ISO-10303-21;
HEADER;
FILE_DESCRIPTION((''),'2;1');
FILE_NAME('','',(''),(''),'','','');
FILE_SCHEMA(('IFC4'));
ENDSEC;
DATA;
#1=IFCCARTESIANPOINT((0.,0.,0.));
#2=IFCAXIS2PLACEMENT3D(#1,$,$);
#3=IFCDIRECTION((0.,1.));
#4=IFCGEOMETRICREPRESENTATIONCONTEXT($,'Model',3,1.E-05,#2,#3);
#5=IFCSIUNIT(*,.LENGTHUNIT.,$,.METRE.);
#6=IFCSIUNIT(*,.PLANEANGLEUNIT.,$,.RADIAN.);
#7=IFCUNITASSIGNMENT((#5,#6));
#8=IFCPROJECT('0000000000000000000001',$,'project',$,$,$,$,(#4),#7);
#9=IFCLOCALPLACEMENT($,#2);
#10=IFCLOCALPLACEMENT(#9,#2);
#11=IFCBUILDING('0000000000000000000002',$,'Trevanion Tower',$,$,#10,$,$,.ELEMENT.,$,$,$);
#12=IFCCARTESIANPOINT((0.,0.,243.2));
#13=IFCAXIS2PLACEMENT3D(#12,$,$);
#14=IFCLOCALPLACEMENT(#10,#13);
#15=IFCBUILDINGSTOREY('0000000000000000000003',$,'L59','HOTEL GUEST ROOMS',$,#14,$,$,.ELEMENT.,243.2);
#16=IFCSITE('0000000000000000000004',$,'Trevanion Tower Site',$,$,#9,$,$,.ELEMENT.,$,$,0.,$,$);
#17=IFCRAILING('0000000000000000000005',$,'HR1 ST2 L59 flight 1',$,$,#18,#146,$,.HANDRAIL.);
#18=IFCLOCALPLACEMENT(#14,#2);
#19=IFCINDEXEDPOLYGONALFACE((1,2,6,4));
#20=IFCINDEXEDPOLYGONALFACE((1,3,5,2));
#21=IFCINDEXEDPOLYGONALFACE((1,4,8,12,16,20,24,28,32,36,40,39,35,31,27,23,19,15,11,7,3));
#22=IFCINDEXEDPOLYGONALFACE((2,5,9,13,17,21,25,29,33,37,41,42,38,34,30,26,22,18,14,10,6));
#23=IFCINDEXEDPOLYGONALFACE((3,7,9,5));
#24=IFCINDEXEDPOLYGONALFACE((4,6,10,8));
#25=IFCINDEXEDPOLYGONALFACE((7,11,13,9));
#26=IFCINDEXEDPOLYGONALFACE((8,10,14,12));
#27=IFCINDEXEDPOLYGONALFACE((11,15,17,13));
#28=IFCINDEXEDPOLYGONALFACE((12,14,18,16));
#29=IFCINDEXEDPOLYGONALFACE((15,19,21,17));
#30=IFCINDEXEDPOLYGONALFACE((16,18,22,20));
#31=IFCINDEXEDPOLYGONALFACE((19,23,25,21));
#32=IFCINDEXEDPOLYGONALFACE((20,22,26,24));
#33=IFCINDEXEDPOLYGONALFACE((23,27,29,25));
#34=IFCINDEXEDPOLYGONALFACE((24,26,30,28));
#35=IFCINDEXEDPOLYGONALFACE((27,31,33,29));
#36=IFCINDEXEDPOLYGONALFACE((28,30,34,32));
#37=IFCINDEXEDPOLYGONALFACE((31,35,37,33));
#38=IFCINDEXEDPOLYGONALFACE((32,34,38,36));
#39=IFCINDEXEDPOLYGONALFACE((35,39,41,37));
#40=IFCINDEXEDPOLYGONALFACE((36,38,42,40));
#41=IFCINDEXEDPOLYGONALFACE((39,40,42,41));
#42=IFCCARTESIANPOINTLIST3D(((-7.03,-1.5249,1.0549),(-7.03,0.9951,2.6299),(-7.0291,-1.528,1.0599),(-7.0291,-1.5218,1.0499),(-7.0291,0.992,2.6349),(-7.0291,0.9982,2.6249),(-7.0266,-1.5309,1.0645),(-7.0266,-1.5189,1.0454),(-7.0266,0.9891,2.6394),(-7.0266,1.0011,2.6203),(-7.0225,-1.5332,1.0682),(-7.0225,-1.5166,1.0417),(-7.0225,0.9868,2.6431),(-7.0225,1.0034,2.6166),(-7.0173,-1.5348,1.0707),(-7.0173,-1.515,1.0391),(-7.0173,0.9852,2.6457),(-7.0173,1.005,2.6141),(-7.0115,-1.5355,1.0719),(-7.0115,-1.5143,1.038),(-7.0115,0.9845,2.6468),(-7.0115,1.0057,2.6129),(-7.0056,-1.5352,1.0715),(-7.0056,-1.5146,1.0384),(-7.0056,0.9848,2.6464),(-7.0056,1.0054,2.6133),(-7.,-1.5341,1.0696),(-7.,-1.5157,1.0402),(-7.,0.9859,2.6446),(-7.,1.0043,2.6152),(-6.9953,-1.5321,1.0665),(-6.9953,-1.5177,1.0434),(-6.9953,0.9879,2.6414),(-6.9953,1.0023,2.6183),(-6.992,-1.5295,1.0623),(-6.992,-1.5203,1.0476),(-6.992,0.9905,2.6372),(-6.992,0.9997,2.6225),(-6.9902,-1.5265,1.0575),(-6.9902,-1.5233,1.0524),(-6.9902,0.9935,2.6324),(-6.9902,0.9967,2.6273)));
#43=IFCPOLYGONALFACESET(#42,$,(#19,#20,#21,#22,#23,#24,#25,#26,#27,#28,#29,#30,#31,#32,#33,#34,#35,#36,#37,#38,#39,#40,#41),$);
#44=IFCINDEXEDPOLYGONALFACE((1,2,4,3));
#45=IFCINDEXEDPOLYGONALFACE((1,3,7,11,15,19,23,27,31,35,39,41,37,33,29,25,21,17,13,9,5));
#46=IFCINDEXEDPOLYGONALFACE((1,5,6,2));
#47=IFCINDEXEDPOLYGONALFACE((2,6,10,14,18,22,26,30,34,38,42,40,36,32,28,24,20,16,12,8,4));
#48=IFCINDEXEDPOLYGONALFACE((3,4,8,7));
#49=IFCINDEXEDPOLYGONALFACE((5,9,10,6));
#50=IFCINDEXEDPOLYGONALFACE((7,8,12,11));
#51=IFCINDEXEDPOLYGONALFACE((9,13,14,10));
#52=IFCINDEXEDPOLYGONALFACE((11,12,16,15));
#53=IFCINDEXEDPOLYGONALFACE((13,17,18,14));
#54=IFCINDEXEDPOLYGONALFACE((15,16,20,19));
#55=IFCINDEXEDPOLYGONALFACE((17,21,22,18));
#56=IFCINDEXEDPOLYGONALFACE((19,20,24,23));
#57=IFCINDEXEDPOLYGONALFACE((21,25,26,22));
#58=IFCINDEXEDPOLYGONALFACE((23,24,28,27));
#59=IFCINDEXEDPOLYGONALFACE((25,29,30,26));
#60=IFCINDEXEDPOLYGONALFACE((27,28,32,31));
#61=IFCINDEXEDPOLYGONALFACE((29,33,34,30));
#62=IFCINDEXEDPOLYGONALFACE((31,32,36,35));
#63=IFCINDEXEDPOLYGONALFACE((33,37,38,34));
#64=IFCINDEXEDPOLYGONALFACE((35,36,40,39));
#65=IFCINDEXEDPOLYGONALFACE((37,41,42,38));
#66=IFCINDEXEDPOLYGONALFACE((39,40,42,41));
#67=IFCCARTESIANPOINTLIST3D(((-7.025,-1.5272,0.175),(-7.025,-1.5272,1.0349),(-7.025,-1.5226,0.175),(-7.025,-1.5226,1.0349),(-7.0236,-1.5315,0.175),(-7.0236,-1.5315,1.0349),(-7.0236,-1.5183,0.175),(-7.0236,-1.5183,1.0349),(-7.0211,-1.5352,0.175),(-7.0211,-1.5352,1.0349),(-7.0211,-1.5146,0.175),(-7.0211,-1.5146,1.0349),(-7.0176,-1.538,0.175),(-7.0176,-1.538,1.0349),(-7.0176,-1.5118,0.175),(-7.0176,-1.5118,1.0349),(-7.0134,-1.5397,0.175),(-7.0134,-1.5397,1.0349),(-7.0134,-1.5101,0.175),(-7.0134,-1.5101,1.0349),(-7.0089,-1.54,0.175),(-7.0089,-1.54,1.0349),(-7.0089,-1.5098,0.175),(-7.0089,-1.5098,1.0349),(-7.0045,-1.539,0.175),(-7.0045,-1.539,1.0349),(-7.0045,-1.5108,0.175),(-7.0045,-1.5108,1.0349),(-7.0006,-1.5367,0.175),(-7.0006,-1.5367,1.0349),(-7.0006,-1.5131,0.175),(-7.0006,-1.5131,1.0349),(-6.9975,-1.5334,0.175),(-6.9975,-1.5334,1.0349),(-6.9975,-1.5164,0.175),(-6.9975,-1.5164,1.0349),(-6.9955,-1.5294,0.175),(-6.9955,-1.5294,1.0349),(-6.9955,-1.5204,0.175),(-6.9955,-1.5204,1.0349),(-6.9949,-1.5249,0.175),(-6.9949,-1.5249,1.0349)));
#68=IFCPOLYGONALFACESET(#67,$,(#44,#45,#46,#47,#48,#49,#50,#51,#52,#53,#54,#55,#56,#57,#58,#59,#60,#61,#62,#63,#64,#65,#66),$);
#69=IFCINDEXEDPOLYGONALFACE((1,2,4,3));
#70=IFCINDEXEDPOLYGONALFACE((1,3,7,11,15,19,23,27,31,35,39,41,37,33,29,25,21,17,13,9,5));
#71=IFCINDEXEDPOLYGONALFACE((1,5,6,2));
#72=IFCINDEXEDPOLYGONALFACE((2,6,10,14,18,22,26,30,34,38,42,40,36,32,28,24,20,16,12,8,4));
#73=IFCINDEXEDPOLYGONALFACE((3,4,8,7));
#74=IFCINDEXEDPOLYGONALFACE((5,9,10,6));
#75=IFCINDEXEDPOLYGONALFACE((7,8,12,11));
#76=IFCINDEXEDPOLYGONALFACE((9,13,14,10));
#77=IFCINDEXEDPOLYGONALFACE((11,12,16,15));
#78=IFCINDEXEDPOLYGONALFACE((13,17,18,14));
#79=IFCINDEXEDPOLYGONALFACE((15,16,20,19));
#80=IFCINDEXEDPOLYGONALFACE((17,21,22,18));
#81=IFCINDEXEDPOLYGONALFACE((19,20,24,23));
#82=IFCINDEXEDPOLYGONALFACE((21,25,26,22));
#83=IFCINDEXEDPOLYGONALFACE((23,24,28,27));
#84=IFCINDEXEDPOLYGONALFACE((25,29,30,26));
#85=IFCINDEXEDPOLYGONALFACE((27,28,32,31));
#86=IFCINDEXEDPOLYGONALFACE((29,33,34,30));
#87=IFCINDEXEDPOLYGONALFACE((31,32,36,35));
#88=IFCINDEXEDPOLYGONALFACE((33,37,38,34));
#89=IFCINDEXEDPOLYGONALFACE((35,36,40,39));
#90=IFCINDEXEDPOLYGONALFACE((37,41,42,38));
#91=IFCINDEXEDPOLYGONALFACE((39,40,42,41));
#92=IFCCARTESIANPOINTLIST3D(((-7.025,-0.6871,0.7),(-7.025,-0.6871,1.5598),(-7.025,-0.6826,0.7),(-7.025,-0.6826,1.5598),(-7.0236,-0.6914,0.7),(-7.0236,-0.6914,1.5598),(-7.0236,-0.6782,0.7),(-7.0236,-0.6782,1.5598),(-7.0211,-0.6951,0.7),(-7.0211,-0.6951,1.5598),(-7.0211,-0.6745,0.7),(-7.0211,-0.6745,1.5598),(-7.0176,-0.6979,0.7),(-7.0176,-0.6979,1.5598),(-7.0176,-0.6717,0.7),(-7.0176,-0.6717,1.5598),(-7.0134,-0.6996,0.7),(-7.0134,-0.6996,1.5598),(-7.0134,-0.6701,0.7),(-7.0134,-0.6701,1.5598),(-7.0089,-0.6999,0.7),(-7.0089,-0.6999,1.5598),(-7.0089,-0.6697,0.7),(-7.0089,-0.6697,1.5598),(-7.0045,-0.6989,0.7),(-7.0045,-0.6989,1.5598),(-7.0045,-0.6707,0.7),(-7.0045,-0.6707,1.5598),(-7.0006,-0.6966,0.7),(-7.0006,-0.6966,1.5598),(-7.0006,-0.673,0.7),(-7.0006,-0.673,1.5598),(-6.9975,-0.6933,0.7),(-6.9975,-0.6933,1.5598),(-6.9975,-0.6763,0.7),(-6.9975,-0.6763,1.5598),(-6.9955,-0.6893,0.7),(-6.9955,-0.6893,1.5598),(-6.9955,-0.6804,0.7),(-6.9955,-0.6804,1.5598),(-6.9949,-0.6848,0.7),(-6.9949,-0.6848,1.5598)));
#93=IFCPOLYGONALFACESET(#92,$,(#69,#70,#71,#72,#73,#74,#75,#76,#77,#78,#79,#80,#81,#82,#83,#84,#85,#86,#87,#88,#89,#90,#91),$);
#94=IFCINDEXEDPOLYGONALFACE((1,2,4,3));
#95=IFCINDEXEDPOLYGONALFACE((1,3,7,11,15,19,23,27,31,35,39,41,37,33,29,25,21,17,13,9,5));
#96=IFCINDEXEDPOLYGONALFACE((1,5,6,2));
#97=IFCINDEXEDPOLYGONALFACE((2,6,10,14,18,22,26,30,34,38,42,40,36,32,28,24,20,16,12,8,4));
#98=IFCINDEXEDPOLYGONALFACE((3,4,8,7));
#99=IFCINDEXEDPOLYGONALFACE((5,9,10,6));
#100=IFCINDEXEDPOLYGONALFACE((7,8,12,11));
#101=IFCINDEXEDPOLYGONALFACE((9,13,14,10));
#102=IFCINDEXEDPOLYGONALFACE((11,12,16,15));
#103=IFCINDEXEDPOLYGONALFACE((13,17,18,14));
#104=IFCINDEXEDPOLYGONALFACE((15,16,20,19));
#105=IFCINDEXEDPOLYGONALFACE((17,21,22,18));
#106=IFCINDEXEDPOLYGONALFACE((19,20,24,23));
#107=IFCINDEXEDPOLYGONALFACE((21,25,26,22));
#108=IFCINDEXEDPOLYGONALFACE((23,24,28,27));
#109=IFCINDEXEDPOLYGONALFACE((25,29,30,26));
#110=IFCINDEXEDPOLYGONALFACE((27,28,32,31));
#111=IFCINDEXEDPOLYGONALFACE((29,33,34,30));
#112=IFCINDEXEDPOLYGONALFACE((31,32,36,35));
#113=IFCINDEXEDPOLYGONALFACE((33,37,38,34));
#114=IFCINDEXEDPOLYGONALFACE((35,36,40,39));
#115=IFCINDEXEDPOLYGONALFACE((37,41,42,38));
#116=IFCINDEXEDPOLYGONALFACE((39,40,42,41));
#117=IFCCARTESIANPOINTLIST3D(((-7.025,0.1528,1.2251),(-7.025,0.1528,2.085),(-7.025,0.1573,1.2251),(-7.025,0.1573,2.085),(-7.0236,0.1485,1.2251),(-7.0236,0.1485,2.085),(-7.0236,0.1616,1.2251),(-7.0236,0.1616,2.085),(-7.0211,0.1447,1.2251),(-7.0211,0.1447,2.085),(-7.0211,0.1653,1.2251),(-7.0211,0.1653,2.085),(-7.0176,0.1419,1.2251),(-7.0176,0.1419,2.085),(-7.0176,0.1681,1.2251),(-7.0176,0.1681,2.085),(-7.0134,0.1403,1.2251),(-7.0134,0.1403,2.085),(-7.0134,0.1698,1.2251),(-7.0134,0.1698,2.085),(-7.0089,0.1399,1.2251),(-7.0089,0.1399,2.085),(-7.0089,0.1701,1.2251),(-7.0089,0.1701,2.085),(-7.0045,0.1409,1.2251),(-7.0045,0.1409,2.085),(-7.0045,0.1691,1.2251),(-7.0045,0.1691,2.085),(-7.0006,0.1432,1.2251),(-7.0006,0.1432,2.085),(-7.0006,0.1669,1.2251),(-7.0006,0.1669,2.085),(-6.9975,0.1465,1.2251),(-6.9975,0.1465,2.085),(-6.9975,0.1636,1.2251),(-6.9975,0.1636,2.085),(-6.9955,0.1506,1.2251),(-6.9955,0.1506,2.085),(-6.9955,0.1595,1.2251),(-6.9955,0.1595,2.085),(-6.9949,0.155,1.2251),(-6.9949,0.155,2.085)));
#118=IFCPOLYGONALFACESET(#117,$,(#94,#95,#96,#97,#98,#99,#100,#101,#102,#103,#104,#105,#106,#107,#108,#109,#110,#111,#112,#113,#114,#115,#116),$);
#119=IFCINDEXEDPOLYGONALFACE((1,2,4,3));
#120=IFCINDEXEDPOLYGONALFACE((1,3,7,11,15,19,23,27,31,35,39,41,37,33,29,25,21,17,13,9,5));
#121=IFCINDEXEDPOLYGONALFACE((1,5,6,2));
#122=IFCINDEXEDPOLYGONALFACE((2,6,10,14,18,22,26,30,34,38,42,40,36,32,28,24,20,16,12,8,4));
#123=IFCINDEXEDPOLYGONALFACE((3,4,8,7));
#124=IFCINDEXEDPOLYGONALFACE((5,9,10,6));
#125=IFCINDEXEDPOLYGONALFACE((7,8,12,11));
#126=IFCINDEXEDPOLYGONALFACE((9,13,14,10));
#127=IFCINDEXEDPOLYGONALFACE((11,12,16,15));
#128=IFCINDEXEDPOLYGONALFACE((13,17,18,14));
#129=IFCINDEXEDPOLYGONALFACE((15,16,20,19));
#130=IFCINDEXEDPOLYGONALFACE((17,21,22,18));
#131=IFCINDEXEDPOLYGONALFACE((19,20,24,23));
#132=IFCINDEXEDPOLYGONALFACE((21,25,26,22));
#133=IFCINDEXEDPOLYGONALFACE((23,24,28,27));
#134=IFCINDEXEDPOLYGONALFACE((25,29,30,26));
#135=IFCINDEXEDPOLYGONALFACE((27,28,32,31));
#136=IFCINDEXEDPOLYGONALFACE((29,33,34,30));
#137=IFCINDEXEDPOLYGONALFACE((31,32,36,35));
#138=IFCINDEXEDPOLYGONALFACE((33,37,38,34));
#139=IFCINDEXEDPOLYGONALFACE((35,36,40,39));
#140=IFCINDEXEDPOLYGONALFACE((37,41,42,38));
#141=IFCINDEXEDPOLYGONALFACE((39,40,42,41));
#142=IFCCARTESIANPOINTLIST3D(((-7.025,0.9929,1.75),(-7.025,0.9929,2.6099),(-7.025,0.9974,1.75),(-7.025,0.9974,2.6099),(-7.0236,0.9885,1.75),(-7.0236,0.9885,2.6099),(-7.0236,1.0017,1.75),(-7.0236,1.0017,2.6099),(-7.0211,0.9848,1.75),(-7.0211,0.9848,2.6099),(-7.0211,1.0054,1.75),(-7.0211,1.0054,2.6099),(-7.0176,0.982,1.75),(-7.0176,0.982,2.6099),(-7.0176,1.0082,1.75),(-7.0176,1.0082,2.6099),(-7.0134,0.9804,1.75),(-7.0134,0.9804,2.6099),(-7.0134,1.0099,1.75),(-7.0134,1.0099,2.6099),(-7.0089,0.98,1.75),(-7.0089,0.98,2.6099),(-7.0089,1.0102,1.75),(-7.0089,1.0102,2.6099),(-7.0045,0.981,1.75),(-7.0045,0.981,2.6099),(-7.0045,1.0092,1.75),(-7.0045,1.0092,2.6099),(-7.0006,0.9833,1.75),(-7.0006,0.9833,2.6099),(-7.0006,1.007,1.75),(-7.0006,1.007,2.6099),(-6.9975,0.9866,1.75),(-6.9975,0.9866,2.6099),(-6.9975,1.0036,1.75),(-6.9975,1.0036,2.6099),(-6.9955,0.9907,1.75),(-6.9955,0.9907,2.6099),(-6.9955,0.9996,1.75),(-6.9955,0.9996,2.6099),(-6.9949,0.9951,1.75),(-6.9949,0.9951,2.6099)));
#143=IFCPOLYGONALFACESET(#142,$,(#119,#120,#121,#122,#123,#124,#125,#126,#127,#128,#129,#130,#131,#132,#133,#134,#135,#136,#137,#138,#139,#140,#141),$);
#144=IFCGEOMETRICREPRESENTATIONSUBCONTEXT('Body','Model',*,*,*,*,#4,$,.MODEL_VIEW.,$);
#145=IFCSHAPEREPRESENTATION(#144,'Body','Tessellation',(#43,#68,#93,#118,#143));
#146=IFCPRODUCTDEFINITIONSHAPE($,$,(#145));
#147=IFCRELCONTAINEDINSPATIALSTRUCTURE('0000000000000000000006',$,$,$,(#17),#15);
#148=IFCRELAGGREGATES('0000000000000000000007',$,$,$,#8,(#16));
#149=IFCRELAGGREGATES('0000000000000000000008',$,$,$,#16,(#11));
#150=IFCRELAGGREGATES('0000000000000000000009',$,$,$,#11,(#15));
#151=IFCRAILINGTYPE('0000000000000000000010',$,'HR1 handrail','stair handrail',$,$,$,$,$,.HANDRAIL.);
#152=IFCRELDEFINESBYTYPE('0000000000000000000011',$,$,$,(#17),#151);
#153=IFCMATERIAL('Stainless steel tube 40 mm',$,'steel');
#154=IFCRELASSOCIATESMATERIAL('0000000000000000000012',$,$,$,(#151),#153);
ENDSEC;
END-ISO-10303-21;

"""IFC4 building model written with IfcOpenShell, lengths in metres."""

from ifc_helpers import new_model, si_unit, direction, frame, origin, origin_2d, place, context, subcontext, project, spatial, circle, extrude, material, type_object, element, save


model = new_model("IFC4")

# Units and contexts
model_context = context("Model", 3, precision=1e-05, world=origin(), true_north=direction((0.0, 1.0)))
body_context = subcontext(model_context, "Body", "Model", "MODEL_VIEW")
ifc_project = project(units=[si_unit("LENGTHUNIT", "METRE"), si_unit("PLANEANGLEUNIT", "RADIAN")], contexts=[model_context])

# Site, building, storey
site_placement = place(None, origin())
site = spatial("IfcSite", under=ifc_project, at=site_placement, Name="Trevanion Tower Site", CompositionType="ELEMENT", RefElevation=0.0)
building_placement = place(site_placement, origin())
building = spatial("IfcBuilding", under=site, at=building_placement, Name="Trevanion Tower", CompositionType="ELEMENT")
storey_placement = place(building_placement, frame((0.0, 0.0, 243.2)))
storey = spatial("IfcBuildingStorey", under=building, at=storey_placement, Name="L59", Description="HOTEL GUEST ROOMS", CompositionType="ELEMENT", Elevation=243.2)

# Railing
ifc_material_1 = material(Name="Stainless steel tube 40 mm", Category="steel")
railing_type = type_object("IfcRailingType", Name="HR1 handrail", Description="stair handrail", PredefinedType="HANDRAIL", material=ifc_material_1)
for number, where, name in (
    (1, (-7.01, -1.5249, 0.175), "HR1 ST2 L59 flight 1"),
):
    element("IfcRailing", number, at=place(storey_placement, frame(where)), inside=storey, type_object=railing_type, Name=name, PredefinedType="HANDRAIL", context=body_context, shape_type="SweptSolid", body=[
        extrude(circle(Radius=0.02, at=origin_2d()), frame((0.0, 0.0, 0.8799), z_axis=(0.0, 0.848008, 0.529984), x_axis=(-1.0, 0.0, 0.0)), (0.0, 0.0, 1.0), 2.9717),
        extrude(circle(Radius=0.0151, at=origin_2d()), origin(), (0.0, 0.0, 1.0), 0.8599),
        extrude(circle(Radius=0.0151, at=origin_2d()), frame((0.0, 0.8401, 0.5249)), (0.0, 0.0, 1.0), 0.8599),
        extrude(circle(Radius=0.0151, at=origin_2d()), frame((0.0, 1.6799, 1.05)), (0.0, 0.0, 1.0), 0.8599),
        extrude(circle(Radius=0.0151, at=origin_2d()), frame((0.0, 2.52, 1.575)), (0.0, 0.0, 1.0), 0.8599),
    ])

save(model, "model.ifc")
